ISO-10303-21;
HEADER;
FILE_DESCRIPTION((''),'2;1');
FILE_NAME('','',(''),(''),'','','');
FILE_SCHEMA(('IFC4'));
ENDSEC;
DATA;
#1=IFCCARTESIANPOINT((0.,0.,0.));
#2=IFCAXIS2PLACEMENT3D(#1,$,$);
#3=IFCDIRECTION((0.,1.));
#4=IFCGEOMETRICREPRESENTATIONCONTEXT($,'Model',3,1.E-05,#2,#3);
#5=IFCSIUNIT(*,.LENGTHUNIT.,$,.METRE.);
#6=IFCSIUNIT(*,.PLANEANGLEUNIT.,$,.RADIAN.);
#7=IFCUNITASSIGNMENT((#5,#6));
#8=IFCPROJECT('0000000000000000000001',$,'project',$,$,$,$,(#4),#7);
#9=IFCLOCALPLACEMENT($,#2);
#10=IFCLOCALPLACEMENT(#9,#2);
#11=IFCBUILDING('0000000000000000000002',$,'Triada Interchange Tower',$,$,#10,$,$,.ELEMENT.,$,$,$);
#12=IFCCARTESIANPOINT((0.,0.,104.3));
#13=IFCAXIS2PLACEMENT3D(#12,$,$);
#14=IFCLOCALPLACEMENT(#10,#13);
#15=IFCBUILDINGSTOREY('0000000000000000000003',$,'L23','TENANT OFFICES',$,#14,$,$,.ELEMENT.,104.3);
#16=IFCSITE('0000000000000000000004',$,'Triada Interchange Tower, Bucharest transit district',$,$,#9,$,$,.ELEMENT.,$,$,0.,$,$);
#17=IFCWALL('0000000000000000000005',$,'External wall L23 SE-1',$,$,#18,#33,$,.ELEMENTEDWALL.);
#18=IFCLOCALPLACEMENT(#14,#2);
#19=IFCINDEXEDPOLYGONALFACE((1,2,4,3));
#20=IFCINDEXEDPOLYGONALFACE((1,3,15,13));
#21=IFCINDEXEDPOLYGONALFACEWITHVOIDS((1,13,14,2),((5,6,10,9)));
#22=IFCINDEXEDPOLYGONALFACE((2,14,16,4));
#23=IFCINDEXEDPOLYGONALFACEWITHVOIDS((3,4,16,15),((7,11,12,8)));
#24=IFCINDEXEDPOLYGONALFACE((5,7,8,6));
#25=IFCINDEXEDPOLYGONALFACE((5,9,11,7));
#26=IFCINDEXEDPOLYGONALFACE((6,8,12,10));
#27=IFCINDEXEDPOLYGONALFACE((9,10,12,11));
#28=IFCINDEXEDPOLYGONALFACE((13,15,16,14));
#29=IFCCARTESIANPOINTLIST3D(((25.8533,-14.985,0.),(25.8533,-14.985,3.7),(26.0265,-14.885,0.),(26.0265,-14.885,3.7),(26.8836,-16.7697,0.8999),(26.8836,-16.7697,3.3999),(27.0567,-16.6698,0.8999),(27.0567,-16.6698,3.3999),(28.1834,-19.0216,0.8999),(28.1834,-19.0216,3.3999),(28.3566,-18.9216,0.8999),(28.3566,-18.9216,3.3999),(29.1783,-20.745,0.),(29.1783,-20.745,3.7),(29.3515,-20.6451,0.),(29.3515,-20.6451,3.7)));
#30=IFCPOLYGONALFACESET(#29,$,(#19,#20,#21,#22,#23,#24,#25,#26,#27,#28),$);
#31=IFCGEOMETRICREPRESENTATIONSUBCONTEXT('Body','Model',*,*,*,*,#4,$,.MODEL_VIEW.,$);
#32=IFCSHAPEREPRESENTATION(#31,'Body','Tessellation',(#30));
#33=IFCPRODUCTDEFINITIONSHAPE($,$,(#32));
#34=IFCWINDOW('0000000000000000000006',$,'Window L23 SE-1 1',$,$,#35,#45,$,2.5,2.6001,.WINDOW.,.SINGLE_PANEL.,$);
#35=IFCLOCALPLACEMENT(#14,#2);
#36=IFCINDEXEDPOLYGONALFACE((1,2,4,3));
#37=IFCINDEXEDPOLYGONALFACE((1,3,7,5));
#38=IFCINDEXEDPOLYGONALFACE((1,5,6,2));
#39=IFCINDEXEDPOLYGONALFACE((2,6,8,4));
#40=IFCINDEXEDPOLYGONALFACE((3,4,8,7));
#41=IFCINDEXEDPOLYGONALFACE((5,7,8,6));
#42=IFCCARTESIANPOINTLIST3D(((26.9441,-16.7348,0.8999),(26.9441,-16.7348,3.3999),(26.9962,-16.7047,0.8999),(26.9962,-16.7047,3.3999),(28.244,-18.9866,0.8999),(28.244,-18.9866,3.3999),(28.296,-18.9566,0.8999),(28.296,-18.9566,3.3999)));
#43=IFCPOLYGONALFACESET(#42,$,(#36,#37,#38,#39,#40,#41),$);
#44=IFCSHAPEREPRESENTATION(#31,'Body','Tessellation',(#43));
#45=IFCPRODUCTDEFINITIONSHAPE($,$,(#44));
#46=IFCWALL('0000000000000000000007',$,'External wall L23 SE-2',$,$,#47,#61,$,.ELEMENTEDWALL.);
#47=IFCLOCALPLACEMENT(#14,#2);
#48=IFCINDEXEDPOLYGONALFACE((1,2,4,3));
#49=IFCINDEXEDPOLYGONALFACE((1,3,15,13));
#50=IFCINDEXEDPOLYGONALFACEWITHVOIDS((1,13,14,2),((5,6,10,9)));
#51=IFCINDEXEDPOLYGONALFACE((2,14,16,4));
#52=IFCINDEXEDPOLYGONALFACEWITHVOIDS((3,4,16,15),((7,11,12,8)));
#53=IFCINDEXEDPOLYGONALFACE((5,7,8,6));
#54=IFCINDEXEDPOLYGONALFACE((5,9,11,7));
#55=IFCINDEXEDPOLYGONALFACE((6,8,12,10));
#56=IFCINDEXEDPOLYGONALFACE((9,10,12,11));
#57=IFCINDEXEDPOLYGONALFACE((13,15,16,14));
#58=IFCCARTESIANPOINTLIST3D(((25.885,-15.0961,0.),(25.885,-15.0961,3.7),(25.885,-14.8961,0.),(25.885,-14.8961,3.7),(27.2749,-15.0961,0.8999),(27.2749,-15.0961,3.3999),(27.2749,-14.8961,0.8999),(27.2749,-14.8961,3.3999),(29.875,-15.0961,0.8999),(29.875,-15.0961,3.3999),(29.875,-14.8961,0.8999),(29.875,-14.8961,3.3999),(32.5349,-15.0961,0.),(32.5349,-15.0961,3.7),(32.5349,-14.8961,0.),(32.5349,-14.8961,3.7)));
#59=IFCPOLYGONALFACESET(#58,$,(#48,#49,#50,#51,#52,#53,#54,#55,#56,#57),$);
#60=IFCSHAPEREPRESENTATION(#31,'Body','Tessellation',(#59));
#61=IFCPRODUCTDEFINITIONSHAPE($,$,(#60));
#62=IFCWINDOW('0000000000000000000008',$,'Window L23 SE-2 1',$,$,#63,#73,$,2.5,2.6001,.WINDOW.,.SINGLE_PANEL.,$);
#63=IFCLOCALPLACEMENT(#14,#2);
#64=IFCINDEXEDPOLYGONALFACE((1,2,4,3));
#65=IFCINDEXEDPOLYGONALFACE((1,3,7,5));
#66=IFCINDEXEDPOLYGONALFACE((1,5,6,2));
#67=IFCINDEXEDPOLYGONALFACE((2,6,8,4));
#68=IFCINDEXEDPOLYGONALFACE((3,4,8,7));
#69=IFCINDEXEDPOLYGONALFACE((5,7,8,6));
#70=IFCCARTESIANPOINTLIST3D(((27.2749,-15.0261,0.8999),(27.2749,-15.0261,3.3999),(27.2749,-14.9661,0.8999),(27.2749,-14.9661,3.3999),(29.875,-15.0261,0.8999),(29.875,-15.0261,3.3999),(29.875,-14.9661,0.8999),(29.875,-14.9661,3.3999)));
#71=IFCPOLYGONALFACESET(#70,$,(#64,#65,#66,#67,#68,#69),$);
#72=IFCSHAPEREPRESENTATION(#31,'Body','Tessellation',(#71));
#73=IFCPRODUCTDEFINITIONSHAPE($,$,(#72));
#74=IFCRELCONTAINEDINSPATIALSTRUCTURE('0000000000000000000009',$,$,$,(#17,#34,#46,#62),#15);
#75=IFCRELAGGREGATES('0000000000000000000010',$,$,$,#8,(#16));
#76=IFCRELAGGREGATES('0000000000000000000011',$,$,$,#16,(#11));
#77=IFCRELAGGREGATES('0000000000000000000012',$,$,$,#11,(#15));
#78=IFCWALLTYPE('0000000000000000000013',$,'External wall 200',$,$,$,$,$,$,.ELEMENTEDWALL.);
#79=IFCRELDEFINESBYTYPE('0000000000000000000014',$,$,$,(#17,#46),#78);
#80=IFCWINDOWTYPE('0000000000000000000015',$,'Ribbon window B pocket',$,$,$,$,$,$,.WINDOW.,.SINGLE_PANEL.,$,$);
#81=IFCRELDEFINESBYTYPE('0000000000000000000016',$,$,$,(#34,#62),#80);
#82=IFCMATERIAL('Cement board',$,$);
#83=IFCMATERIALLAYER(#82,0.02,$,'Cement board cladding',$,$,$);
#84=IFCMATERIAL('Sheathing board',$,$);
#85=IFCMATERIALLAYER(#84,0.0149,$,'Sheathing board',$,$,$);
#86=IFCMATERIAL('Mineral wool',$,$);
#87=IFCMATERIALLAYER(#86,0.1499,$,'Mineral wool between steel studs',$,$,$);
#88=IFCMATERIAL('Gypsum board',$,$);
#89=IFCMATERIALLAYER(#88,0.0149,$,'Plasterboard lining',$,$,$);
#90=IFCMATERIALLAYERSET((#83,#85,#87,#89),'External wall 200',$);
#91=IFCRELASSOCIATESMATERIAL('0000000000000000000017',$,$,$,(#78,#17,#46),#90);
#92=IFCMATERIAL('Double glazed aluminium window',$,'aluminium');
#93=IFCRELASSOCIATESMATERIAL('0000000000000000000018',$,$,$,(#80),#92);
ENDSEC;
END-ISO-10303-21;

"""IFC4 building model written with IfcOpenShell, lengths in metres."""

from ifc_helpers import new_model, si_unit, direction, frame, frame_2d, origin, place, context, subcontext, project, spatial, rectangle, extrude, material, layer, layer_set, layer_usage, type_object, element, fill, save


model = new_model("IFC4")

# Units and contexts
model_context = context("Model", 3, precision=1e-05, world=origin(), true_north=direction((0.0, 1.0)))
body_context = subcontext(model_context, "Body", "Model", "MODEL_VIEW")
ifc_project = project(units=[si_unit("LENGTHUNIT", "METRE"), si_unit("PLANEANGLEUNIT", "RADIAN")], contexts=[model_context])

# Site, building, storey
site_placement = place(None, origin())
site = spatial("IfcSite", under=ifc_project, at=site_placement, Name="Triada Interchange Tower, Bucharest transit district", CompositionType="ELEMENT", RefElevation=0.0)
building_placement = place(site_placement, origin())
building = spatial("IfcBuilding", under=site, at=building_placement, Name="Triada Interchange Tower", CompositionType="ELEMENT")
storey_placement = place(building_placement, frame((0.0, 0.0, 104.3)))
storey = spatial("IfcBuildingStorey", under=building, at=storey_placement, Name="L23", Description="TENANT OFFICES", CompositionType="ELEMENT", Elevation=104.3)

# Walls, openings, windows
ifc_material_1 = material(Name="Cement board")
ifc_layer_1 = layer(ifc_material_1, 0.02, Name="Cement board cladding")
ifc_material_2 = material(Name="Sheathing board")
ifc_layer_2 = layer(ifc_material_2, 0.0149, Name="Sheathing board")
ifc_material_3 = material(Name="Mineral wool")
ifc_layer_3 = layer(ifc_material_3, 0.1499, Name="Mineral wool between steel studs")
ifc_material_4 = material(Name="Gypsum board")
ifc_layer_4 = layer(ifc_material_4, 0.0149, Name="Plasterboard lining")
ifc_layer_set_1 = layer_set([ifc_layer_1, ifc_layer_2, ifc_layer_3, ifc_layer_4], Name="External wall 200")
ifc_layer_usage = layer_usage(ifc_layer_set_1, "AXIS2", "POSITIVE", -0.1001)
wall_type = type_object("IfcWallType", Name="External wall 200", PredefinedType="ELEMENTEDWALL", material=ifc_layer_set_1)
wall_1_placement = place(storey_placement, frame((29.2649, -20.6951, 0.0), z_axis=(0.0, 0.0, 1.0), x_axis=(-0.499933, 0.866064, 0.0)))
wall_1 = element("IfcWall", 1, at=wall_1_placement, inside=storey, type_object=wall_type, material=ifc_layer_usage, Name="External wall L23 SE-1", PredefinedType="ELEMENTEDWALL", context=body_context, shape_type="SweptSolid", body=[
    extrude(rectangle(XDim=6.6509, YDim=0.2, at=frame_2d((3.3254, 0.0))), origin(), (0.0, 0.0, 1.0), 3.7),
])
opening_1_placement = place(wall_1_placement, frame((1.99, 0.0, 0.8999)))
opening_1 = element("IfcOpeningElement", 2, at=opening_1_placement, cuts=wall_1, PredefinedType="OPENING", context=body_context, shape_type="SweptSolid", body=[
    extrude(rectangle(XDim=2.6001, YDim=2.5, at=frame_2d((1.3, 1.25))), frame((0.0, 0.1099, 0.0), z_axis=(0.0, -1.0, 0.0), x_axis=(1.0, 0.0, 0.0)), (0.0, 0.0, 1.0), 0.22),
])
ifc_material_5 = material(Name="Double glazed aluminium window", Category="aluminium")
window_type_1 = type_object("IfcWindowType", Name="Ribbon window B pocket", PartitioningType="SINGLE_PANEL", PredefinedType="WINDOW", material=ifc_material_5)
window_1_placement = place(opening_1_placement, origin())
window_1 = element("IfcWindow", 3, at=window_1_placement, inside=storey, type_object=window_type_1, Name="Window L23 SE-1 1", OverallHeight=2.5, OverallWidth=2.6001, PartitioningType="SINGLE_PANEL", PredefinedType="WINDOW", context=body_context, shape_type="SweptSolid", body=[
    extrude(rectangle(XDim=2.6001, YDim=2.5, at=frame_2d((1.3, 1.25))), frame((0.0, 0.03, 0.0), z_axis=(0.0, -1.0, 0.0), x_axis=(1.0, 0.0, 0.0)), (0.0, 0.0, 1.0), 0.0601),
])
fill(opening_1, window_1)
wall_2_placement = place(storey_placement, frame((25.885, -14.9961, 0.0), z_axis=(0.0, 0.0, 1.0), x_axis=(1.0, 0.0, 0.0)))
wall_2 = element("IfcWall", 4, at=wall_2_placement, inside=storey, type_object=wall_type, material=ifc_layer_usage, Name="External wall L23 SE-2", PredefinedType="ELEMENTEDWALL", context=body_context, shape_type="SweptSolid", body=[
    extrude(rectangle(XDim=6.6499, YDim=0.2, at=frame_2d((3.325, 0.0))), origin(), (0.0, 0.0, 1.0), 3.7),
])
opening_2_placement = place(wall_2_placement, frame((1.3899, 0.0, 0.8999)))
opening_2 = element("IfcOpeningElement", 5, at=opening_2_placement, cuts=wall_2, PredefinedType="OPENING", context=body_context, shape_type="SweptSolid", body=[
    extrude(rectangle(XDim=2.6001, YDim=2.5, at=frame_2d((1.3, 1.25))), frame((0.0, 0.1099, 0.0), z_axis=(0.0, -1.0, 0.0), x_axis=(1.0, 0.0, 0.0)), (0.0, 0.0, 1.0), 0.22),
])
window_2_placement = place(opening_2_placement, origin())
window_2 = element("IfcWindow", 6, at=window_2_placement, inside=storey, type_object=window_type_1, Name="Window L23 SE-2 1", OverallHeight=2.5, OverallWidth=2.6001, PartitioningType="SINGLE_PANEL", PredefinedType="WINDOW", context=body_context, shape_type="SweptSolid", body=[
    extrude(rectangle(XDim=2.6001, YDim=2.5, at=frame_2d((1.3, 1.25))), frame((0.0, 0.03, 0.0), z_axis=(0.0, -1.0, 0.0), x_axis=(1.0, 0.0, 0.0)), (0.0, 0.0, 1.0), 0.0601),
])
fill(opening_2, window_2)

save(model, "model.ifc")
